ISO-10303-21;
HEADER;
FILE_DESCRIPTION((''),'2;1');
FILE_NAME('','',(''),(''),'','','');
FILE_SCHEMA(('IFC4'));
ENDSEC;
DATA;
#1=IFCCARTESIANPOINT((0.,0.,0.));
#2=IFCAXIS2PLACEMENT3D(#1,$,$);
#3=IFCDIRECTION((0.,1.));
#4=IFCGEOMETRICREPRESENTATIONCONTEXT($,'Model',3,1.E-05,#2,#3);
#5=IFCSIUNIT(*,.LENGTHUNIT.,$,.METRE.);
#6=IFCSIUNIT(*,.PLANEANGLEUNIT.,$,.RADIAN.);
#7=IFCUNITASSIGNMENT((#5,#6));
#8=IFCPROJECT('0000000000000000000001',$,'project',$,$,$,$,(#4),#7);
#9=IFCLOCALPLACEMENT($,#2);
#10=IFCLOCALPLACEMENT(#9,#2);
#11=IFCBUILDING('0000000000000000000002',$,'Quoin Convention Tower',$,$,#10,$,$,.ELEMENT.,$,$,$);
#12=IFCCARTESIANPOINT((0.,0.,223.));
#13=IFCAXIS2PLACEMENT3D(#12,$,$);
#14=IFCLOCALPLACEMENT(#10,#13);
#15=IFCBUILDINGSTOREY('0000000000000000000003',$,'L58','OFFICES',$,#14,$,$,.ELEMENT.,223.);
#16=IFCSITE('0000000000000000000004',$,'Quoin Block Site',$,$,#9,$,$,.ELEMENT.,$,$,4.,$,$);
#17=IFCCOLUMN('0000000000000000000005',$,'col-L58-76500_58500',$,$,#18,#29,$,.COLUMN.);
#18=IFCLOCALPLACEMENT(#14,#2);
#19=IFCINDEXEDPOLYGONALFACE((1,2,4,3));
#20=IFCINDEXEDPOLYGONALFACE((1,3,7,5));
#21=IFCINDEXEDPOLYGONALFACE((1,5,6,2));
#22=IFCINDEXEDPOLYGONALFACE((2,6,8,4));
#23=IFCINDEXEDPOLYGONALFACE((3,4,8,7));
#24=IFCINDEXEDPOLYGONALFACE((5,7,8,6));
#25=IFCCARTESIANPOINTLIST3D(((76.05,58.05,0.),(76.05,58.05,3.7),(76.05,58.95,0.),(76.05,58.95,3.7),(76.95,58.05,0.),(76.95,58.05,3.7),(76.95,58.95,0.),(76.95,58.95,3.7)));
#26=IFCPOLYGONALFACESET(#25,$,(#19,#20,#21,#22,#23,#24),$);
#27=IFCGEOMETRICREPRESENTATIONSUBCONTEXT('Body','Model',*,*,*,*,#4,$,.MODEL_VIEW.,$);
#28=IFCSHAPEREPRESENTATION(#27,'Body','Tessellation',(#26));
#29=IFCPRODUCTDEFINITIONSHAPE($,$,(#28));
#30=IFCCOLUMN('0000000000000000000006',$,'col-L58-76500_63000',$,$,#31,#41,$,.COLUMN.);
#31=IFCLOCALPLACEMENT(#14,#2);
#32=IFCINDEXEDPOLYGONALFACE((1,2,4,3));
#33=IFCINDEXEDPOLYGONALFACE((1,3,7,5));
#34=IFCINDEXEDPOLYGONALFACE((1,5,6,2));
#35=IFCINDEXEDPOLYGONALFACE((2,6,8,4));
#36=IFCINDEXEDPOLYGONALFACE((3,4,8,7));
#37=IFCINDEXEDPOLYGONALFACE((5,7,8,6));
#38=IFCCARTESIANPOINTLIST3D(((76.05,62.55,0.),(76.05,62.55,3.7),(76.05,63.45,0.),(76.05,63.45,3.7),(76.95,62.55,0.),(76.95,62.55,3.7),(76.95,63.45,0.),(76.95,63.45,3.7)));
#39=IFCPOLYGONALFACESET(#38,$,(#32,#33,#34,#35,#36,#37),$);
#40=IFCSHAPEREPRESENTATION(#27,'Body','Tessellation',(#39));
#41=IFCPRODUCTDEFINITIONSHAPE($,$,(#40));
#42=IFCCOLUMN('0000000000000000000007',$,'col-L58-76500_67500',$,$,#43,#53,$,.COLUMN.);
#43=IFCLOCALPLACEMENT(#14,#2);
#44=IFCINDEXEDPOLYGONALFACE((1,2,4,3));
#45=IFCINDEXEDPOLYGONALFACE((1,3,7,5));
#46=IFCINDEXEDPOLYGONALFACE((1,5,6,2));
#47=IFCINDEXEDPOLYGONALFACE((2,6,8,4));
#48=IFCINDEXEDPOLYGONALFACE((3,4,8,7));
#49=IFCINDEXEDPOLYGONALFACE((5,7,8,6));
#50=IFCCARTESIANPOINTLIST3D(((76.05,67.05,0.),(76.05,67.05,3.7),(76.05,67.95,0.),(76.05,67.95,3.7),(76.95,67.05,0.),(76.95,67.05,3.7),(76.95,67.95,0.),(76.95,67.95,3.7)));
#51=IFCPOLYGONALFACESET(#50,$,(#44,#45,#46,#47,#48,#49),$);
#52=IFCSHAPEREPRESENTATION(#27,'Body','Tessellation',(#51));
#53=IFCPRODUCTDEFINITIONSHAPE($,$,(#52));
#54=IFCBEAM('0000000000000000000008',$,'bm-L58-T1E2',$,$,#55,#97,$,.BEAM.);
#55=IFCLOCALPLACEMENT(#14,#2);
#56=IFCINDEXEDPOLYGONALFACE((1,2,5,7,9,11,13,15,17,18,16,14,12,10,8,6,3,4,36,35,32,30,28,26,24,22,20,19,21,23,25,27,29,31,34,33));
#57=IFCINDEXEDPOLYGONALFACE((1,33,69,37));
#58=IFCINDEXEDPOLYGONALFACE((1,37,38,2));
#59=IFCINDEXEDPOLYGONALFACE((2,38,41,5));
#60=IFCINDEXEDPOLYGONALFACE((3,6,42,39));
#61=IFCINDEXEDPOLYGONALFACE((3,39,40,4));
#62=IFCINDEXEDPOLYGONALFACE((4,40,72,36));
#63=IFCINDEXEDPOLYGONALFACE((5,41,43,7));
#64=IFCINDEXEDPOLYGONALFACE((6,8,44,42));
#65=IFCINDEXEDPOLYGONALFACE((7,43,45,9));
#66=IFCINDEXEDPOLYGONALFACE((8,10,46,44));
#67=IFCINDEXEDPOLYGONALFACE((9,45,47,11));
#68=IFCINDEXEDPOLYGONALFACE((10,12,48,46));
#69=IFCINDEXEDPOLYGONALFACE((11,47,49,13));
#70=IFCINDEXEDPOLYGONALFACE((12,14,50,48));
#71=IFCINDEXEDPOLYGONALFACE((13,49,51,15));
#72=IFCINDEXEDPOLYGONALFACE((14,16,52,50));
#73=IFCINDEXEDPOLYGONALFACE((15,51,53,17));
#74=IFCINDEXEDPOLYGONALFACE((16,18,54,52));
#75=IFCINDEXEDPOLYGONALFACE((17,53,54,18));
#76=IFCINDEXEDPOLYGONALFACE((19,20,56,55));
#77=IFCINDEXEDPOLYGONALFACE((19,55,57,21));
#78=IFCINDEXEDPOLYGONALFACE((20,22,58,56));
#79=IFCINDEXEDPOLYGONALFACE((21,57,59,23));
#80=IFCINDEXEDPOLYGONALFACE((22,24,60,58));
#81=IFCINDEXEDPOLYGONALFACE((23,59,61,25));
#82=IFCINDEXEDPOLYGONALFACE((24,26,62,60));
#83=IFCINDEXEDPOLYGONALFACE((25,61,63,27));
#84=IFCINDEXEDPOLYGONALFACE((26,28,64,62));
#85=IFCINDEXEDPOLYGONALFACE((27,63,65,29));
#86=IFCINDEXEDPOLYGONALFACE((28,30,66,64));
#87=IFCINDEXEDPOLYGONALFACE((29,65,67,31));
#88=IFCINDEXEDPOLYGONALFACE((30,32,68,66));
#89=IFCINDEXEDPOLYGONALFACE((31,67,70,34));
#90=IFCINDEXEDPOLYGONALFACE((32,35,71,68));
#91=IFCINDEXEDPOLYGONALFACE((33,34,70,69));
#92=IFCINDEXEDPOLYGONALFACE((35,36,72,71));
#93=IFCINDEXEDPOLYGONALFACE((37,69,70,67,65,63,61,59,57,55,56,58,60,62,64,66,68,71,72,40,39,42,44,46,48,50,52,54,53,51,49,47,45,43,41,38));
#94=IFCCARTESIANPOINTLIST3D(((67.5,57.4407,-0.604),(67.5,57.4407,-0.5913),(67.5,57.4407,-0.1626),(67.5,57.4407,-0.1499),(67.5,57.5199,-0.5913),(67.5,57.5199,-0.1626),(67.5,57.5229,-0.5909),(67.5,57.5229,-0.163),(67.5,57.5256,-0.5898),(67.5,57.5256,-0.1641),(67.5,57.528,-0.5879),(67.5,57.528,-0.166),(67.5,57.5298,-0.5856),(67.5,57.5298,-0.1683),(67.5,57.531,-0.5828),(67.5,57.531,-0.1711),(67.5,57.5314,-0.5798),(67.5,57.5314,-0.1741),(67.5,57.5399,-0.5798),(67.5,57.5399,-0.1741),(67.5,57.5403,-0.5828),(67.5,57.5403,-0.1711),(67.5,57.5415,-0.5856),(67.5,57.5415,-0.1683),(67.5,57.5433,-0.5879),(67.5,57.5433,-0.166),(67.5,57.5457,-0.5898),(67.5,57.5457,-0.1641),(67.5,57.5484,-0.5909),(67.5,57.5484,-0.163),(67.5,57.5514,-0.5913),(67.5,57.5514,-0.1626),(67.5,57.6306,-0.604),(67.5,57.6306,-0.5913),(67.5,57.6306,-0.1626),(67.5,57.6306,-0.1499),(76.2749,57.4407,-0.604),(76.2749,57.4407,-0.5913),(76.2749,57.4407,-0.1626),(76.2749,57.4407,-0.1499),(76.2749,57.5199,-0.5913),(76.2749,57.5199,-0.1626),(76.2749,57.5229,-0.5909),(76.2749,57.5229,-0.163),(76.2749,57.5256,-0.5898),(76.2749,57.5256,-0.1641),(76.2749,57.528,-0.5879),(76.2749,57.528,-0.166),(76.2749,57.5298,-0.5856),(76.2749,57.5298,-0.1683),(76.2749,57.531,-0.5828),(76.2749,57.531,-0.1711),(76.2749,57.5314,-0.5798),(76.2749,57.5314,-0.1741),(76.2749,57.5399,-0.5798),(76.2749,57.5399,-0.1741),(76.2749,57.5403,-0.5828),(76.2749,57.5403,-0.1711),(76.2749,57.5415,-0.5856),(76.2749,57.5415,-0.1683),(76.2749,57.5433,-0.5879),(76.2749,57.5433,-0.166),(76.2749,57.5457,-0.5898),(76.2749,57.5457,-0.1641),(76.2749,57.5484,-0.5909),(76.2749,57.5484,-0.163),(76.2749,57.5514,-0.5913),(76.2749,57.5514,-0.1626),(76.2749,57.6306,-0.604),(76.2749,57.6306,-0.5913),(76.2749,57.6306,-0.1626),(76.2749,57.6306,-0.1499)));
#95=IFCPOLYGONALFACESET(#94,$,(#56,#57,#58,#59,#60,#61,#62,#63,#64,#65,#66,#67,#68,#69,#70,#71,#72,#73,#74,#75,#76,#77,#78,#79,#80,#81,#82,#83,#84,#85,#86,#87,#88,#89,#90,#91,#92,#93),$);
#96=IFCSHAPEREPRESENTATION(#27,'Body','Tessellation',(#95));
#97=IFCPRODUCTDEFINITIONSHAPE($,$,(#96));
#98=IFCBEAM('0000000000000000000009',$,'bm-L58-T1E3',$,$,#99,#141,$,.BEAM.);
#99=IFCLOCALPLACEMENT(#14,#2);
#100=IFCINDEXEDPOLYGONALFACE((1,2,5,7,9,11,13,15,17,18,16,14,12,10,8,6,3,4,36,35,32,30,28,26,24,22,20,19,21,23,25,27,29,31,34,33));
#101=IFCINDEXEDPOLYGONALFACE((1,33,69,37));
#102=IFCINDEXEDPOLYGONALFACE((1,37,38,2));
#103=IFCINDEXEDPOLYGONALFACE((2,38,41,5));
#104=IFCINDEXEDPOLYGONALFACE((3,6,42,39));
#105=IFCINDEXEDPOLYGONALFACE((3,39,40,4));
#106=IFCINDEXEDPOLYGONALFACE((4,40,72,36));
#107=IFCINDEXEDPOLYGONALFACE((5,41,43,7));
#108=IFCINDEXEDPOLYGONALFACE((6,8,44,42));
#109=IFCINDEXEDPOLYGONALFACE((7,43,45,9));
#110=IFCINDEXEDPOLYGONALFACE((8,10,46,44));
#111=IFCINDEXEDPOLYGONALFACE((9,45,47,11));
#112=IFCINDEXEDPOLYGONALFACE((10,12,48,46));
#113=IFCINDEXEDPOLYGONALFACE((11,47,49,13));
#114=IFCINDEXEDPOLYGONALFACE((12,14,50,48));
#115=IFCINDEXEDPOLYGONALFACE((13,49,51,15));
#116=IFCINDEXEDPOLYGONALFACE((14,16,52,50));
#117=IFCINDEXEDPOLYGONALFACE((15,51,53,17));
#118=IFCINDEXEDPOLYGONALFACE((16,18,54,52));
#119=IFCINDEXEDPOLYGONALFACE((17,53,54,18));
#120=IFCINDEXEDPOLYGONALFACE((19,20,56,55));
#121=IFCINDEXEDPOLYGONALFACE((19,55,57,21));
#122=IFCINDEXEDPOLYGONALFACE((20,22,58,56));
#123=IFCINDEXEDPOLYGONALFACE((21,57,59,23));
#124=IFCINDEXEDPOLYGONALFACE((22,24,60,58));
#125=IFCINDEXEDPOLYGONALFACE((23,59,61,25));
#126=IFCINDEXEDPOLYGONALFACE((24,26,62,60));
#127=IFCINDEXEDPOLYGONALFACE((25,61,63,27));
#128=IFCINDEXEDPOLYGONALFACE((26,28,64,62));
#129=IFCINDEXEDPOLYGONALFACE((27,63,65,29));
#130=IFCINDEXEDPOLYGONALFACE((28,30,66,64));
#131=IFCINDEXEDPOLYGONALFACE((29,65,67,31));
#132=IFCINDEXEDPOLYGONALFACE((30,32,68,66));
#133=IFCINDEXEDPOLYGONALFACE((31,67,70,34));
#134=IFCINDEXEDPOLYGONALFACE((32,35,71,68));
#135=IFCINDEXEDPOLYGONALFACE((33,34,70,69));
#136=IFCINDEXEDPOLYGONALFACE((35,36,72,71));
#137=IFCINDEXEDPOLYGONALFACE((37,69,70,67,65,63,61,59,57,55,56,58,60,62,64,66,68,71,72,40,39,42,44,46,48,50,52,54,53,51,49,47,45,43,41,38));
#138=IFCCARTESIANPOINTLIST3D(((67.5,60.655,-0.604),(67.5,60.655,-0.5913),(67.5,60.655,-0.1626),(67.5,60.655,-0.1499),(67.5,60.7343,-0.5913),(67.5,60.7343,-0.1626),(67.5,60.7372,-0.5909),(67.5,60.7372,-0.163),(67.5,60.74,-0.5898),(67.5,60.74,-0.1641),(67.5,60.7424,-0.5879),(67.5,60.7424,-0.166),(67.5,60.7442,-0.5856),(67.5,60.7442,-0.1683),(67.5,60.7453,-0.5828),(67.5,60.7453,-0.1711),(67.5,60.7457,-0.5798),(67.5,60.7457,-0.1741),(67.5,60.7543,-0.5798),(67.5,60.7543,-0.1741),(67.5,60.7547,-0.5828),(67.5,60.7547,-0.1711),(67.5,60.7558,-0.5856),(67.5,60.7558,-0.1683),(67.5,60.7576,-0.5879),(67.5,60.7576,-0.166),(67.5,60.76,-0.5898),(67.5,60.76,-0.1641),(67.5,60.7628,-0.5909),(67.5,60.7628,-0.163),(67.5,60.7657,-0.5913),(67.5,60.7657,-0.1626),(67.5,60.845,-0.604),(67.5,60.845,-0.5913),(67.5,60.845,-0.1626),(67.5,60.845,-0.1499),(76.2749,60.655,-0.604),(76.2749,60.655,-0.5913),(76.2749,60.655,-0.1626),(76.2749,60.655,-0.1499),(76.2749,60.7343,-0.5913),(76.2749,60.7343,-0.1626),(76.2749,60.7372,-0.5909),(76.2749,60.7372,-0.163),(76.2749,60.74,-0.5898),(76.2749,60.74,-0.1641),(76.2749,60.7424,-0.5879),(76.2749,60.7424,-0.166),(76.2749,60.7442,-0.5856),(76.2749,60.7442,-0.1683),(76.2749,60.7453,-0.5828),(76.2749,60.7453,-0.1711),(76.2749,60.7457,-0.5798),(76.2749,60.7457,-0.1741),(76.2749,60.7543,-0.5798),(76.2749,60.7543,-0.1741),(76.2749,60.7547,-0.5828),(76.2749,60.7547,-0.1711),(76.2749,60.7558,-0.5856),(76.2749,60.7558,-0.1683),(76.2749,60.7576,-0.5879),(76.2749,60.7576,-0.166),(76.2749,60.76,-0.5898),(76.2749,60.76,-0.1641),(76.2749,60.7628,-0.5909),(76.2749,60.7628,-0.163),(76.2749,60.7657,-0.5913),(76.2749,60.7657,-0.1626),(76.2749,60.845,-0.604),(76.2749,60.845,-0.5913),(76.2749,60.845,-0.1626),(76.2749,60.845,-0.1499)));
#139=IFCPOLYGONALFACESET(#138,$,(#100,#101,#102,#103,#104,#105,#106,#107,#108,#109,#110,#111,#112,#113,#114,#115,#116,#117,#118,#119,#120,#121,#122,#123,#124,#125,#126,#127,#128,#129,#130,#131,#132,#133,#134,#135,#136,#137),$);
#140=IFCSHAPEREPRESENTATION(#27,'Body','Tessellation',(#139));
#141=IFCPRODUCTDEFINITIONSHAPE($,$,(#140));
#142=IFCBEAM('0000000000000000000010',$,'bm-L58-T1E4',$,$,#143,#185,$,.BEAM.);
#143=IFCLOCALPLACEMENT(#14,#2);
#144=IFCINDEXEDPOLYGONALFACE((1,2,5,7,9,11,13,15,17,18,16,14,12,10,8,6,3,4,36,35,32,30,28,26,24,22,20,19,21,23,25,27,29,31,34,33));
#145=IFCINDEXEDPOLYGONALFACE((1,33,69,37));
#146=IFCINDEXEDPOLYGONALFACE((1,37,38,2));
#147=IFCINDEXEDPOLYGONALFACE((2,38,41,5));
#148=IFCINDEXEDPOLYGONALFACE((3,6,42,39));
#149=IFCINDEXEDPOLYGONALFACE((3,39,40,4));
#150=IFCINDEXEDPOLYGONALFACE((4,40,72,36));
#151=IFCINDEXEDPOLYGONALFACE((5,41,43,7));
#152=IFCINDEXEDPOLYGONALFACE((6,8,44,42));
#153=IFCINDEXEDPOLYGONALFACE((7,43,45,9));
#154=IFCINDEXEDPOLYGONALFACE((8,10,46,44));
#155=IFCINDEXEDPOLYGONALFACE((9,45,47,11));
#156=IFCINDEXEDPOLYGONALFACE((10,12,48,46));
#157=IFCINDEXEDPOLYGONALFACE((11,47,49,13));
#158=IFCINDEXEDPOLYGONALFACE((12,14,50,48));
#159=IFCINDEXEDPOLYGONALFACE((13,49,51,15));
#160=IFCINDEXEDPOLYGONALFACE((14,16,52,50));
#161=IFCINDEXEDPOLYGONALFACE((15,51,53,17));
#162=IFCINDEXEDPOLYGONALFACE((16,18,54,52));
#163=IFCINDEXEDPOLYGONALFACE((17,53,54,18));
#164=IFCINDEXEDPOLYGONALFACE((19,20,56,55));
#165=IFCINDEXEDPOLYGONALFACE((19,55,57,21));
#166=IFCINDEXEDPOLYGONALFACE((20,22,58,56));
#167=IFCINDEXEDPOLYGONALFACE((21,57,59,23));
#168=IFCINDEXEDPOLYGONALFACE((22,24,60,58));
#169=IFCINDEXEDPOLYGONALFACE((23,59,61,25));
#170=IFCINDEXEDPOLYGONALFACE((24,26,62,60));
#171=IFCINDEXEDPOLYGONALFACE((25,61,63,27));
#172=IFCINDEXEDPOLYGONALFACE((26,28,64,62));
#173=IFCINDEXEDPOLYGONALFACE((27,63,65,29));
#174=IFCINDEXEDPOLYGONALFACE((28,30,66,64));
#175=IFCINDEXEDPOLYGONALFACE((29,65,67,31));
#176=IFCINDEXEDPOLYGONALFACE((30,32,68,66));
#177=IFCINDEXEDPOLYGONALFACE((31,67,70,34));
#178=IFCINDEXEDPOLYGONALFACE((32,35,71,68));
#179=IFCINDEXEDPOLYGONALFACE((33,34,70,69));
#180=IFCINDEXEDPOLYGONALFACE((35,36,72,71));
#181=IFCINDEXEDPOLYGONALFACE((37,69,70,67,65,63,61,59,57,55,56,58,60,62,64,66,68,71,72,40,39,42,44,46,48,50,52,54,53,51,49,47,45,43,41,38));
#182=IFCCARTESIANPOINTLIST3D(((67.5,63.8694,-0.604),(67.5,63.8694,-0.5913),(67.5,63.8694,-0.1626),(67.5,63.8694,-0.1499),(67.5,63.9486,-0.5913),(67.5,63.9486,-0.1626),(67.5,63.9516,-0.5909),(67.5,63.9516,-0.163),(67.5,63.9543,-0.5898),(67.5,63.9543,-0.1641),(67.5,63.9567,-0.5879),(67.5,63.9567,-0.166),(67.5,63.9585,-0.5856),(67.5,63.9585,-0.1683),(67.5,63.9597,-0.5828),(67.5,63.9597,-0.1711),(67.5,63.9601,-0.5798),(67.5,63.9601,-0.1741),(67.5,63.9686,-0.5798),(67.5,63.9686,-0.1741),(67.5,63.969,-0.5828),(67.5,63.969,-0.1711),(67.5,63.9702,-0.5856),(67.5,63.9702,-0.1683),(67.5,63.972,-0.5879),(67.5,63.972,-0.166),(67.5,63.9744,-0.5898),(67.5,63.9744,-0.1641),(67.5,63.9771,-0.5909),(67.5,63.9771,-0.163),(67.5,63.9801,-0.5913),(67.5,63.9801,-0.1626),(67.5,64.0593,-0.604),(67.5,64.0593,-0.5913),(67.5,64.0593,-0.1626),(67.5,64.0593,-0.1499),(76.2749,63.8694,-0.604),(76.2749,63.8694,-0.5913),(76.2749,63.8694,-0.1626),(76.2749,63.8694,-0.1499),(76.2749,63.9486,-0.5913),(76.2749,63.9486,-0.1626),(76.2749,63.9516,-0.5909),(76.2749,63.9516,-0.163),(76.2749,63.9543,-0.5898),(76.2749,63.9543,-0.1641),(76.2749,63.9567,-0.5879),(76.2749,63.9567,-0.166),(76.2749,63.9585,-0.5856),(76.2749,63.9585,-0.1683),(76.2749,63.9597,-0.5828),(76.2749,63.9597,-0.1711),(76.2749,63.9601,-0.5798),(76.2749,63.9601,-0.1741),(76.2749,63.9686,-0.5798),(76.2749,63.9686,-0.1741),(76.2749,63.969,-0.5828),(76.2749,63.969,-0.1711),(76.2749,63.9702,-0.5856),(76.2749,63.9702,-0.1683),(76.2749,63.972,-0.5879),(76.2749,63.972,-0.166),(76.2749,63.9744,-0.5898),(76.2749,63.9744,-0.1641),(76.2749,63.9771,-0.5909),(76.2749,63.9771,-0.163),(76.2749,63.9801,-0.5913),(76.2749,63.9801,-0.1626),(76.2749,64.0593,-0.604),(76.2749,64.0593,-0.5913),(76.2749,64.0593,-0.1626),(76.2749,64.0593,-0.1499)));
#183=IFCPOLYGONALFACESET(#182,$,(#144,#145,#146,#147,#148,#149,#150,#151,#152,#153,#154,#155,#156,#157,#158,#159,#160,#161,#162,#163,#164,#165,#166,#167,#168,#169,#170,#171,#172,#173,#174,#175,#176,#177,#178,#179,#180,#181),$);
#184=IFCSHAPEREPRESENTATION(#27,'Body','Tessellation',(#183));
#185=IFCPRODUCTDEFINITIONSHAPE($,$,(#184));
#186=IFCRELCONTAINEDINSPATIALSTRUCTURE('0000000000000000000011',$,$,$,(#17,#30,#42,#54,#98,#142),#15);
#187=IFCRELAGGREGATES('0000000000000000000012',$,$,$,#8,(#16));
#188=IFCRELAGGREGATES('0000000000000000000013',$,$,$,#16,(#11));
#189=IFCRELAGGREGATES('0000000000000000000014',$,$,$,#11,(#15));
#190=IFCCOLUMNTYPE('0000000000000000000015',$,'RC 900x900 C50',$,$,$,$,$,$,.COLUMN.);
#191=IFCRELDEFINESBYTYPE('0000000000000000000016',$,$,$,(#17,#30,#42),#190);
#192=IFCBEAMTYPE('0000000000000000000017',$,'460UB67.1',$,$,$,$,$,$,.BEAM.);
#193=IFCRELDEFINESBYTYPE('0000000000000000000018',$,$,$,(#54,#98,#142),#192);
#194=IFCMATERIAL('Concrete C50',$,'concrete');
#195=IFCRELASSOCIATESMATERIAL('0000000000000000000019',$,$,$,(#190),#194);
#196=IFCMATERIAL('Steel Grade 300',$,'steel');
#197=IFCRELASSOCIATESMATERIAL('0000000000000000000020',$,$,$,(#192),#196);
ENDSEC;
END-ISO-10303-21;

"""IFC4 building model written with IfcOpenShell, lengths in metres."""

from ifc_helpers import new_model, si_unit, direction, frame, origin, origin_2d, place, context, subcontext, project, spatial, rectangle, i_section, extrude, material, material_profile, profile_set, type_object, element, save


model = new_model("IFC4")

# Units and contexts
model_context = context("Model", 3, precision=1e-05, world=origin(), true_north=direction((0.0, 1.0)))
body_context = subcontext(model_context, "Body", "Model", "MODEL_VIEW")
ifc_project = project(units=[si_unit("LENGTHUNIT", "METRE"), si_unit("PLANEANGLEUNIT", "RADIAN")], contexts=[model_context])

# Site, building, storey
site_placement = place(None, origin())
site = spatial("IfcSite", under=ifc_project, at=site_placement, Name="Quoin Block Site", CompositionType="ELEMENT", RefElevation=4.0)
building_placement = place(site_placement, origin())
building = spatial("IfcBuilding", under=site, at=building_placement, Name="Quoin Convention Tower", CompositionType="ELEMENT")
storey_placement = place(building_placement, frame((0.0, 0.0, 223.0)))
storey = spatial("IfcBuildingStorey", under=building, at=storey_placement, Name="L58", Description="OFFICES", CompositionType="ELEMENT", Elevation=223.0)

# Columns
ifc_material_1 = material(Name="Concrete C50", Category="concrete")
ifc_material_profile_1 = material_profile(ifc_material_1, rectangle(XDim=0.8999, YDim=0.8999, at=origin_2d()), Name="RC 900x900")
ifc_profile_set_1 = profile_set([ifc_material_profile_1], Name="Concrete C50")
column_type = type_object("IfcColumnType", Name="RC 900x900 C50", PredefinedType="COLUMN", material=ifc_profile_set_1)
for number, where, z_axis, x_axis, name in (
    (1, (76.5, 58.5, 0.0), (0.0, 0.0, 1.0), (1.0, 0.0, 0.0), "col-L58-76500_58500"),
    (2, (76.5, 63.0, 0.0), (0.0, 0.0, 1.0), (1.0, 0.0, 0.0), "col-L58-76500_63000"),
    (3, (76.5, 67.5, 0.0), (0.0, 0.0, 1.0), (1.0, 0.0, 0.0), "col-L58-76500_67500"),
):
    element("IfcColumn", number, at=place(storey_placement, frame(where, z_axis=z_axis, x_axis=x_axis)), inside=storey, type_object=column_type, Name=name, PredefinedType="COLUMN", context=body_context, shape_type="SweptSolid", body=[
        extrude(rectangle(XDim=0.8999, YDim=0.8999, at=origin_2d()), origin(), (0.0, 0.0, 1.0), 3.7),
    ])

# Beams
ifc_material_2 = material(Name="Steel Grade 300", Category="steel")
ifc_material_profile_2 = material_profile(ifc_material_2, i_section(OverallWidth=0.1899, OverallDepth=0.4541, WebThickness=0.0085, FlangeThickness=0.0127, FilletRadius=0.0115, at=origin_2d()), Name="460UB67.1")
ifc_profile_set_2 = profile_set([ifc_material_profile_2], Name="Steel Grade 300")
beam_type_1 = type_object("IfcBeamType", Name="460UB67.1", PredefinedType="BEAM", material=ifc_profile_set_2)
for number, where, z_axis, x_axis, name in (
    (4, (67.5, 57.5356, -0.377), (1.0, 0.0, 0.0), (0.0, 1.0, 0.0), "bm-L58-T1E2"),
    (5, (67.5, 60.75, -0.377), (1.0, 0.0, 0.0), (0.0, 1.0, 0.0), "bm-L58-T1E3"),
    (6, (67.5, 63.9644, -0.377), (1.0, 0.0, 0.0), (0.0, 1.0, 0.0), "bm-L58-T1E4"),
):
    element("IfcBeam", number, at=place(storey_placement, frame(where, z_axis=z_axis, x_axis=x_axis)), inside=storey, type_object=beam_type_1, Name=name, PredefinedType="BEAM", context=body_context, shape_type="SweptSolid", body=[
        extrude(i_section(OverallWidth=0.1899, OverallDepth=0.4541, WebThickness=0.0085, FlangeThickness=0.0127, FilletRadius=0.0115, at=origin_2d()), origin(), (0.0, 0.0, 1.0), 8.7749),
    ])

save(model, "model.ifc")
